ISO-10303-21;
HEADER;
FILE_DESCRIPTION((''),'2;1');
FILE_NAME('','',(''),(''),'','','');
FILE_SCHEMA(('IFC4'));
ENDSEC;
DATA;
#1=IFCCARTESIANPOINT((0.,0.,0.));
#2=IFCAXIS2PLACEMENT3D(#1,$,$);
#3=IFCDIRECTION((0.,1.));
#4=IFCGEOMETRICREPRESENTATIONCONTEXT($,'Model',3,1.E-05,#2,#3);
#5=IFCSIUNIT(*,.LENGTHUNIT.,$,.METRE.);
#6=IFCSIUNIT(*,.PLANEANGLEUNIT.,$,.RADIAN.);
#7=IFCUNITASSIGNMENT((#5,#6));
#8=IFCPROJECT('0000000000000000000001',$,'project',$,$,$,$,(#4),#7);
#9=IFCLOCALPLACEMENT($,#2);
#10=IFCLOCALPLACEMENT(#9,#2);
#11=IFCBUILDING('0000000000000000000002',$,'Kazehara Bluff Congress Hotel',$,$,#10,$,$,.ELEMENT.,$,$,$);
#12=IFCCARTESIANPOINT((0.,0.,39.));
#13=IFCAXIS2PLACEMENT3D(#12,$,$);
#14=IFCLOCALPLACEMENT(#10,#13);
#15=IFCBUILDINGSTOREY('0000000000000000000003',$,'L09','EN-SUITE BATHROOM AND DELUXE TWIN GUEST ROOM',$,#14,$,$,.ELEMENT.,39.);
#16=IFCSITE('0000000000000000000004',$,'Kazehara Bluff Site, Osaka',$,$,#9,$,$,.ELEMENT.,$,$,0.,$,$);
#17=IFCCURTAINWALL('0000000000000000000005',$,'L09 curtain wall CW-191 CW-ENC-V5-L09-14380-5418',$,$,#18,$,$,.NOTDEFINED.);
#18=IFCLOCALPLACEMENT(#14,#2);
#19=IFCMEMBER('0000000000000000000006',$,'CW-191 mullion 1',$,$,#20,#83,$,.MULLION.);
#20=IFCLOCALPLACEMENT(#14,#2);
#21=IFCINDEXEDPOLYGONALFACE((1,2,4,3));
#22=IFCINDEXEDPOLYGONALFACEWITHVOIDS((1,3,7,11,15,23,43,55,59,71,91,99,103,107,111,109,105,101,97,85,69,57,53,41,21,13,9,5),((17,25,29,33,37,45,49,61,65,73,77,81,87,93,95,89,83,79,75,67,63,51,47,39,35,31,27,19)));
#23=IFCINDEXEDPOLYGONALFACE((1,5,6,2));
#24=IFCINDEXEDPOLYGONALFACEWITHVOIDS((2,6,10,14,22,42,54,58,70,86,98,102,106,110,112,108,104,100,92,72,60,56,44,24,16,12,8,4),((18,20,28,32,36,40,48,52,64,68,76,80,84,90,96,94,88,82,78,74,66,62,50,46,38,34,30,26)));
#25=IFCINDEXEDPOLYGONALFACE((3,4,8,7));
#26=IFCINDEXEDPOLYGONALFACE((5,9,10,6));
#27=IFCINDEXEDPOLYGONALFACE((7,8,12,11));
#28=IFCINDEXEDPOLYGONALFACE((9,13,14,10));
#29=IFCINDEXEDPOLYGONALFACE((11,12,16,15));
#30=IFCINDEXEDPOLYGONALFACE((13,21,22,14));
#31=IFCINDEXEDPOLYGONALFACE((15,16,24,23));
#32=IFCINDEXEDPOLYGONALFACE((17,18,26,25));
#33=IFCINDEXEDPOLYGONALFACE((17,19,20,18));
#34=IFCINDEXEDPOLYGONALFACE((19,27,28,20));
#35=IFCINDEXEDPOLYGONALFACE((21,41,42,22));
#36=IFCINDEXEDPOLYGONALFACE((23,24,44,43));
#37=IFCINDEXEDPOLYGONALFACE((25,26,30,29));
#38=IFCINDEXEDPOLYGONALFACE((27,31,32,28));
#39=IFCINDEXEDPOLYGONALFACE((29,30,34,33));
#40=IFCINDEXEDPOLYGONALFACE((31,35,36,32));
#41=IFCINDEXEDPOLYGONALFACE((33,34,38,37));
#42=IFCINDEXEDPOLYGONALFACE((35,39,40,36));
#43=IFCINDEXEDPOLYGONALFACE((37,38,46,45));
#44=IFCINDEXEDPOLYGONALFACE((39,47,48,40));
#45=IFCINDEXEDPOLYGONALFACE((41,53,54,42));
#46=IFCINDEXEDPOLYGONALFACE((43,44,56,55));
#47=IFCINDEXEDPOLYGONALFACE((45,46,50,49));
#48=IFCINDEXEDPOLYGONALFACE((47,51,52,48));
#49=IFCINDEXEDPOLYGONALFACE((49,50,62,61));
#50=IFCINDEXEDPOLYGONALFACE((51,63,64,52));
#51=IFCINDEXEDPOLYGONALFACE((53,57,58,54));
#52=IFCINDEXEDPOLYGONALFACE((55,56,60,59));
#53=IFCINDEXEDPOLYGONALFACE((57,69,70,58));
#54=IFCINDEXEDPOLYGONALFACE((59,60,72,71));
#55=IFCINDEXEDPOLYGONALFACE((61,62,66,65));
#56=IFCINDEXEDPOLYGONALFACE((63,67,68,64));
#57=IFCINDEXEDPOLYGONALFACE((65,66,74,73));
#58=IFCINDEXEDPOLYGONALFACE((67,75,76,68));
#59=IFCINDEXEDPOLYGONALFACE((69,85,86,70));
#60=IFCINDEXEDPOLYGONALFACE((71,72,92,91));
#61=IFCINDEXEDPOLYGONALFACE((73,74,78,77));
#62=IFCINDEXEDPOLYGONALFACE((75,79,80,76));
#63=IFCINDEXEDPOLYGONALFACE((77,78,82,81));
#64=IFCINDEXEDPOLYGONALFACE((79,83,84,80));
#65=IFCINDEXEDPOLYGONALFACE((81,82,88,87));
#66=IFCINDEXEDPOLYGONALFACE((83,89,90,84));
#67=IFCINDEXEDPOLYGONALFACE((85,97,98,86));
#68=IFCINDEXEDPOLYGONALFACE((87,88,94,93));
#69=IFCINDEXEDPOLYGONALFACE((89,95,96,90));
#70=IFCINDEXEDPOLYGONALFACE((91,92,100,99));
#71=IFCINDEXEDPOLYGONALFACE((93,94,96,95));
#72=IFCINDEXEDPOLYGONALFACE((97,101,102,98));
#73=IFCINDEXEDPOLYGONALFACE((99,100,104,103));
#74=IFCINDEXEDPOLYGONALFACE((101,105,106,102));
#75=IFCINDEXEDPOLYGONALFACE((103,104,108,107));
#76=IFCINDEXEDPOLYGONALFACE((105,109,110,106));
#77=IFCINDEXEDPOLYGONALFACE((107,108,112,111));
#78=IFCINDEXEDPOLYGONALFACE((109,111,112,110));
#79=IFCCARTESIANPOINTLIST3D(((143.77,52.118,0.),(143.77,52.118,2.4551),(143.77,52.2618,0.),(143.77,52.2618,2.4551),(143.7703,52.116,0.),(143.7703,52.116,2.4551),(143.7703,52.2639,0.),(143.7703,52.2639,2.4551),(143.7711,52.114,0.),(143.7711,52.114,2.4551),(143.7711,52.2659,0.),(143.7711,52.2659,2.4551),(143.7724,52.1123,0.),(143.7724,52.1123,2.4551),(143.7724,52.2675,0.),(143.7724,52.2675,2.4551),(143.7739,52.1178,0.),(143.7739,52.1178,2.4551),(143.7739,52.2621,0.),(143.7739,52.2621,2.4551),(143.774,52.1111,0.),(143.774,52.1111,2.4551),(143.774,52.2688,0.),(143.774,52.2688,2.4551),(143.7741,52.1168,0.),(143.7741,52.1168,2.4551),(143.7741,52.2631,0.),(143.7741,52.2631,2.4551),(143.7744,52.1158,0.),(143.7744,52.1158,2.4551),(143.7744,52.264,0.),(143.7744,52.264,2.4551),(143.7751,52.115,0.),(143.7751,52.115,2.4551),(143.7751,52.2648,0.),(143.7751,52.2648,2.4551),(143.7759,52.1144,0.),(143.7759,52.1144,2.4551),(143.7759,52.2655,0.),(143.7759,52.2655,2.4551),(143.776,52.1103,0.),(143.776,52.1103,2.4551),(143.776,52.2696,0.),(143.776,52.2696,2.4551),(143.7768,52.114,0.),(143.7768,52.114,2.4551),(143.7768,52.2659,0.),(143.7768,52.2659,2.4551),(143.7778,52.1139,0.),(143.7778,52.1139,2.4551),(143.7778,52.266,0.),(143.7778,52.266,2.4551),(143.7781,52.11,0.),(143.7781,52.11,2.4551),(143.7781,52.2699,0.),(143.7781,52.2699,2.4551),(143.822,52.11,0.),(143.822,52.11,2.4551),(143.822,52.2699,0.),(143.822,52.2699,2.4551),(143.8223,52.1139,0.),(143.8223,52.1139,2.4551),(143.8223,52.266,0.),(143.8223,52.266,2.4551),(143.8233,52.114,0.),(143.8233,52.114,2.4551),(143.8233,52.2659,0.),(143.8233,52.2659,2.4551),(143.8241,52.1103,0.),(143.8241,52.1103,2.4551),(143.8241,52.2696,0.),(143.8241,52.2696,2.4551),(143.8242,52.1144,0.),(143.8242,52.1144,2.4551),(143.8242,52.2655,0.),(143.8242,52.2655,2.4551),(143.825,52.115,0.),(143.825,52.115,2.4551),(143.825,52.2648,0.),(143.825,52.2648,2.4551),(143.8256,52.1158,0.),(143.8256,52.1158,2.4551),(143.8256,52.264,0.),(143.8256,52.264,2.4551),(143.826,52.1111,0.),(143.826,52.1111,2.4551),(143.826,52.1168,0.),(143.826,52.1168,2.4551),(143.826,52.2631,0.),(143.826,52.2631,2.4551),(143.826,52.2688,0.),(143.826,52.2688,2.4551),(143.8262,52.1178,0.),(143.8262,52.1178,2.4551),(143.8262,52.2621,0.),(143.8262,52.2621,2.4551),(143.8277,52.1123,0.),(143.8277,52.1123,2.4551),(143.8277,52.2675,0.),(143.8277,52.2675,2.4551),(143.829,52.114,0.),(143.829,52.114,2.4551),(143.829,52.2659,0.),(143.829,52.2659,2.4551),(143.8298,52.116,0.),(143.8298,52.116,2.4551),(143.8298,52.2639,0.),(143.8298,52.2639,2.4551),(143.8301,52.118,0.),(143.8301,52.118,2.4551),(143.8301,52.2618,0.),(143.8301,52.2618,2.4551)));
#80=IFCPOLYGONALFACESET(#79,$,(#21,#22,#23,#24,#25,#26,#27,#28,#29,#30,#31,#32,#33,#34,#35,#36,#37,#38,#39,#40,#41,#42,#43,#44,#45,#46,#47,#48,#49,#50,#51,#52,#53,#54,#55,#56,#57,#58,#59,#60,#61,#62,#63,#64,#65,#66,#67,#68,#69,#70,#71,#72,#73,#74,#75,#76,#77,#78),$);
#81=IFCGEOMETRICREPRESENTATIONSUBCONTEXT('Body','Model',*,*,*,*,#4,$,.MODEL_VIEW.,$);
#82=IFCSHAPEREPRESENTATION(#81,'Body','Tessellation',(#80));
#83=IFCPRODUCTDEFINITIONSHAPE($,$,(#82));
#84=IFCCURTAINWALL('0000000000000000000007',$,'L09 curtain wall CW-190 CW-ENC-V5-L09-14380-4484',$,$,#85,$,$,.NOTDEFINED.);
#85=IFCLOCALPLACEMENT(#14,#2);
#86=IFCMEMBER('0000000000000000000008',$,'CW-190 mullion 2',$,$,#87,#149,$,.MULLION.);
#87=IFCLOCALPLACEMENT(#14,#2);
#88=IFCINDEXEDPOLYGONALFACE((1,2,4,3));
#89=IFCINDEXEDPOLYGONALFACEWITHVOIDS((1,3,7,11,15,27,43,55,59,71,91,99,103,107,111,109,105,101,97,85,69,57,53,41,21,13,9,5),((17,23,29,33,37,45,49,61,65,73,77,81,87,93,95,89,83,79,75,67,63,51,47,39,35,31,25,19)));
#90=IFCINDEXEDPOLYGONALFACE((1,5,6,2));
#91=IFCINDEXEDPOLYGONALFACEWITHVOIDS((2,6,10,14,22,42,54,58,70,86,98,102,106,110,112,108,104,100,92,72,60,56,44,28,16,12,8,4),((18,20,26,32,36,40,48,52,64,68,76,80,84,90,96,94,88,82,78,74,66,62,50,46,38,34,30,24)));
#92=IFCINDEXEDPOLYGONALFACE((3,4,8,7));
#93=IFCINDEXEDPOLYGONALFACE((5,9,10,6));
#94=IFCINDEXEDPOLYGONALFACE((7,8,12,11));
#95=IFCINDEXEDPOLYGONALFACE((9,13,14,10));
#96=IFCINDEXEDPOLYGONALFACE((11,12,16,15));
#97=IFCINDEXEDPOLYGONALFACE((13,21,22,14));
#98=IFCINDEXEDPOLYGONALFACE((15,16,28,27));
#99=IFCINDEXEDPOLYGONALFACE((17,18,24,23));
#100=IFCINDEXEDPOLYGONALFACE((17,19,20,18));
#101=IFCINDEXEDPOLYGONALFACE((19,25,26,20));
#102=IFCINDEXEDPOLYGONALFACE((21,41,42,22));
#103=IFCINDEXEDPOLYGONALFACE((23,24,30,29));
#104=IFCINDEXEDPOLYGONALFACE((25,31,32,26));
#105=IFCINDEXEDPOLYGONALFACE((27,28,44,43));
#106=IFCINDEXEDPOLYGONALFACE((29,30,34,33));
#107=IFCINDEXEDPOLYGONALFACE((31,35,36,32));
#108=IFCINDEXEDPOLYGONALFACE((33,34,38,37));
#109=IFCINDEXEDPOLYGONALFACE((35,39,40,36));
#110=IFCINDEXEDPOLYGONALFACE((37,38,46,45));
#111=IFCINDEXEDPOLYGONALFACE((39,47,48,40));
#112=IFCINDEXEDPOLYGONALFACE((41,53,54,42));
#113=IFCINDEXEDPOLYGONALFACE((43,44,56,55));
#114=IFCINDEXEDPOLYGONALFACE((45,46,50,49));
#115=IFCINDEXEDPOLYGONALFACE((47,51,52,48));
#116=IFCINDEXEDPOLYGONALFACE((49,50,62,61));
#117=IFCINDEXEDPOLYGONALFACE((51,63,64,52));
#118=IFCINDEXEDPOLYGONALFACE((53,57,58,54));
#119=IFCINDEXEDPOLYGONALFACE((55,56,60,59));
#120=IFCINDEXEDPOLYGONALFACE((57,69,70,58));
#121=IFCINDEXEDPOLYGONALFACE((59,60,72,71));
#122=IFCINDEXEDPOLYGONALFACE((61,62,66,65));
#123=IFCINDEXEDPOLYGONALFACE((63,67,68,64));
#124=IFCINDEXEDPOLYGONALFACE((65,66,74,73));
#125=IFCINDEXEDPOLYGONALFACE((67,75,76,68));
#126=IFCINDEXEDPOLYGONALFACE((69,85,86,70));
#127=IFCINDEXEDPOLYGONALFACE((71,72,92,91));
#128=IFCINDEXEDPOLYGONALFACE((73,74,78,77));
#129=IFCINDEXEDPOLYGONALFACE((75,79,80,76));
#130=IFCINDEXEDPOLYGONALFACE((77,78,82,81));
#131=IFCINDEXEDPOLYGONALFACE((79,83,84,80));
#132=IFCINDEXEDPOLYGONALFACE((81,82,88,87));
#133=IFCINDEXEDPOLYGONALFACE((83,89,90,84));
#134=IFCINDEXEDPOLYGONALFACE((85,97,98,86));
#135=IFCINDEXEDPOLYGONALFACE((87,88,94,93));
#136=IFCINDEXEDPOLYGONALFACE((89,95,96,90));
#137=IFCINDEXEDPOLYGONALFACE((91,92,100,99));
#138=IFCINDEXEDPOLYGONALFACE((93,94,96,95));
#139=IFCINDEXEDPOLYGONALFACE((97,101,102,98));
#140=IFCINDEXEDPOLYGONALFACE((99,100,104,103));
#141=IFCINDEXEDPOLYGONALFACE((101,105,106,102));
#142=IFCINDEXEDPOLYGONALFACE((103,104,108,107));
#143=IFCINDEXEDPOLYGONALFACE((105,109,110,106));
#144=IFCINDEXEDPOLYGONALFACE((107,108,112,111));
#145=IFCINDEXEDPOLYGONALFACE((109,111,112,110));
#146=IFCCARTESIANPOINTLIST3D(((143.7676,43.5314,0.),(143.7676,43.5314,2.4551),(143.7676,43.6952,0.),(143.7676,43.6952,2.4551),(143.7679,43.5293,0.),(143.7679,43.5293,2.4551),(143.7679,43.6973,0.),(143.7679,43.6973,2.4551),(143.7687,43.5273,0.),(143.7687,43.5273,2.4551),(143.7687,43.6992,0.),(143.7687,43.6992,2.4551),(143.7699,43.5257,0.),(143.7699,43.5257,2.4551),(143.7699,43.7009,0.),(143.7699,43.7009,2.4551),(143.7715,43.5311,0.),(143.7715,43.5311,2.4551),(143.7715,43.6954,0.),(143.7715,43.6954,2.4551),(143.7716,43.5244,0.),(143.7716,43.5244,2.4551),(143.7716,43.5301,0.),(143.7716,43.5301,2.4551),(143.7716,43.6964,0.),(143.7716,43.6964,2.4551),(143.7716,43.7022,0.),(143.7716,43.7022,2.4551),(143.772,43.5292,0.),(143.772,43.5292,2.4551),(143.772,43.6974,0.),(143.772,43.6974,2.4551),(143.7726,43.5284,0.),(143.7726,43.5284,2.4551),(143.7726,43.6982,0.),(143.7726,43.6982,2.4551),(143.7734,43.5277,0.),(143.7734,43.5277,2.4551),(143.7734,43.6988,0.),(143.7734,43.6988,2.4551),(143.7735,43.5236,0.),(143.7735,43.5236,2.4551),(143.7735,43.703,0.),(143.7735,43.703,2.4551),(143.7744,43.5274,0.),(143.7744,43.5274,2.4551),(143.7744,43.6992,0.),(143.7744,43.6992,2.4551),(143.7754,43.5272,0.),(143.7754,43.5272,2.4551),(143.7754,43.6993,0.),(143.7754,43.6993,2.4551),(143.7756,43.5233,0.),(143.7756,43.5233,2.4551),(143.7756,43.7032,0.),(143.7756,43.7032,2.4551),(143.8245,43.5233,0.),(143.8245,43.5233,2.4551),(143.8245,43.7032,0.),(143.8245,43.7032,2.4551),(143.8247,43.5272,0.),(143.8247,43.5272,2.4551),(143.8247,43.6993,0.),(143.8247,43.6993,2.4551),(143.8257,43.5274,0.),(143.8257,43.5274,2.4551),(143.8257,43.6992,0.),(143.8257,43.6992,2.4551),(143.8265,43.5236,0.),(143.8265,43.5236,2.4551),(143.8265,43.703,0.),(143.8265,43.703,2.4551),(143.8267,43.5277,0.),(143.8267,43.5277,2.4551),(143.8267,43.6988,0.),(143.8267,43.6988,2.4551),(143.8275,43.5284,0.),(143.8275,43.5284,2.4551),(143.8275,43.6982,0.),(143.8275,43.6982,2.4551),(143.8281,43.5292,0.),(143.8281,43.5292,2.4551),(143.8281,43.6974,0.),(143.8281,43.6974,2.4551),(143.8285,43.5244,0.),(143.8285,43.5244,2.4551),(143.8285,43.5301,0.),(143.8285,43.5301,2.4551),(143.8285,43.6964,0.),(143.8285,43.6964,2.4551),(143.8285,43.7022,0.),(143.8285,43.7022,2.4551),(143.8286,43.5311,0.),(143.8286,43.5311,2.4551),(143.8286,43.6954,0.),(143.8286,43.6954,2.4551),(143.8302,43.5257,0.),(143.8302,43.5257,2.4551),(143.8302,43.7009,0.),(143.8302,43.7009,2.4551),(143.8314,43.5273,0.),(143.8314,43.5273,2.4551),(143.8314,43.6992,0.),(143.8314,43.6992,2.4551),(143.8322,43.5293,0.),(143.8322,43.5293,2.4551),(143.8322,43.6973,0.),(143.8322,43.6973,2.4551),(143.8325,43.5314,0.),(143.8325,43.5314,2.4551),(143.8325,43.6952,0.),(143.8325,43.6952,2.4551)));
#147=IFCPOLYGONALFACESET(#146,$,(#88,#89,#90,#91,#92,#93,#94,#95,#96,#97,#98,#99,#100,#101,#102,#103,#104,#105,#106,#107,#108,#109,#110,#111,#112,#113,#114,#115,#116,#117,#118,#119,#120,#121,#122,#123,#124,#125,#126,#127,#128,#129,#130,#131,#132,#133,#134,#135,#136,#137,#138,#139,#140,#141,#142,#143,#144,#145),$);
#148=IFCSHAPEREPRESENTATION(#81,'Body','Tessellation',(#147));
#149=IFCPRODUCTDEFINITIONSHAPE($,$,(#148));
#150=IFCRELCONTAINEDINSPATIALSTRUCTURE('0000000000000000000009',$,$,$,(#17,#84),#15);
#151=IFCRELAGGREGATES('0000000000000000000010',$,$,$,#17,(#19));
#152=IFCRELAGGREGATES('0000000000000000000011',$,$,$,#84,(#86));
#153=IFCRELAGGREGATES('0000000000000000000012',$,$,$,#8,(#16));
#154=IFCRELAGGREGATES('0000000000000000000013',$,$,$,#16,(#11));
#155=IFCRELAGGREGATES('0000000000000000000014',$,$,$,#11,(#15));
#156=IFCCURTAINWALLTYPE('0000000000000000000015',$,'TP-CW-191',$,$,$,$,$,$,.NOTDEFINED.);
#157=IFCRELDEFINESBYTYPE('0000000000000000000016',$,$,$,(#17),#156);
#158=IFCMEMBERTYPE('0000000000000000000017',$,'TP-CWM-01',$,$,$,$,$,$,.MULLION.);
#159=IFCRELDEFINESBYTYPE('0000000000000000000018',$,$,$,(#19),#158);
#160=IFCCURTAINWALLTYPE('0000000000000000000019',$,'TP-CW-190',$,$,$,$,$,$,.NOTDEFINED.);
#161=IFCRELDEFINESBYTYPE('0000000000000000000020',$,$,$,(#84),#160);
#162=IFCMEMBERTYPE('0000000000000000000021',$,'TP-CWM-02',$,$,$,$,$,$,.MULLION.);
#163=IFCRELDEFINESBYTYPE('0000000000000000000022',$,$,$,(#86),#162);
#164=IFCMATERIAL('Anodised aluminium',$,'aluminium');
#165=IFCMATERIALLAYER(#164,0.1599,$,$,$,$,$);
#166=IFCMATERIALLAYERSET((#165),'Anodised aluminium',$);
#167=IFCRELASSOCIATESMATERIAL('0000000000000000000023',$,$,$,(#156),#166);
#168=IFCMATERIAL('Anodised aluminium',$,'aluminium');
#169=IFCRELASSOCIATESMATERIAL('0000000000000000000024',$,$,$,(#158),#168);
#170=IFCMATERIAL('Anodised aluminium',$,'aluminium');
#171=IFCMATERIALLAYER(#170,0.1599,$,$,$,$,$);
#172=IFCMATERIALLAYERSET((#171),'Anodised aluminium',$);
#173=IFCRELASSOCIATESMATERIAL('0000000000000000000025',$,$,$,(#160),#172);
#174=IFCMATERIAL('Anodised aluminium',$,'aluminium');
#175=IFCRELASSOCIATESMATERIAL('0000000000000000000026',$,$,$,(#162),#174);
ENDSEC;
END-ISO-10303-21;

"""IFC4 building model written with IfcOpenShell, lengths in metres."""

from ifc_helpers import new_model, si_unit, direction, frame, origin, origin_2d, place, context, subcontext, project, spatial, hollow_rectangle, extrude, material, layer, layer_set, material_profile, profile_set, type_object, element, aggregate, save


model = new_model("IFC4")

# Units and contexts
model_context = context("Model", 3, precision=1e-05, world=origin(), true_north=direction((0.0, 1.0)))
body_context = subcontext(model_context, "Body", "Model", "MODEL_VIEW")
ifc_project = project(units=[si_unit("LENGTHUNIT", "METRE"), si_unit("PLANEANGLEUNIT", "RADIAN")], contexts=[model_context])

# Site, building, storey
site_placement = place(None, origin())
site = spatial("IfcSite", under=ifc_project, at=site_placement, Name="Kazehara Bluff Site, Osaka", CompositionType="ELEMENT", RefElevation=0.0)
building_placement = place(site_placement, origin())
building = spatial("IfcBuilding", under=site, at=building_placement, Name="Kazehara Bluff Congress Hotel", CompositionType="ELEMENT")
storey_placement = place(building_placement, frame((0.0, 0.0, 39.0)))
storey = spatial("IfcBuildingStorey", under=building, at=storey_placement, Name="L09", Description="EN-SUITE BATHROOM AND DELUXE TWIN GUEST ROOM", CompositionType="ELEMENT", Elevation=39.0)

# Curtain wall, member
ifc_material_1 = material(Name="Anodised aluminium", Category="aluminium")
ifc_layer_1 = layer(ifc_material_1, 0.1599)
ifc_layer_set_1 = layer_set([ifc_layer_1], Name="Anodised aluminium")
curtain_wall_type_1 = type_object("IfcCurtainWallType", Name="TP-CW-191", PredefinedType="NOTDEFINED", material=ifc_layer_set_1)
curtain_wall_1_placement = place(storey_placement, origin())
curtain_wall_1 = element("IfcCurtainWall", 1, at=curtain_wall_1_placement, inside=storey, type_object=curtain_wall_type_1, Name="L09 curtain wall CW-191 CW-ENC-V5-L09-14380-5418", PredefinedType="NOTDEFINED")
ifc_material_2 = material(Name="Anodised aluminium", Category="aluminium")
ifc_material_profile_1 = material_profile(ifc_material_2, hollow_rectangle(XDim=0.0601, YDim=0.1599, WallThickness=0.0039, InnerFilletRadius=0.0039, OuterFilletRadius=0.0081, at=origin_2d()))
ifc_profile_set_1 = profile_set([ifc_material_profile_1], Name="Anodised aluminium")
member_type_1 = type_object("IfcMemberType", Name="TP-CWM-01", PredefinedType="MULLION", material=ifc_profile_set_1)
member_1_placement = place(storey_placement, frame((143.8, 52.1899, 0.0), z_axis=(0.0, 0.0, 1.0), x_axis=(-1.0, 0.0, 0.0)))
member_1 = element("IfcMember", 2, at=member_1_placement, type_object=member_type_1, Name="CW-191 mullion 1", PredefinedType="MULLION", context=body_context, shape_type="SweptSolid", body=[
    extrude(hollow_rectangle(XDim=0.0601, YDim=0.1599, WallThickness=0.0039, InnerFilletRadius=0.0039, OuterFilletRadius=0.0081, at=origin_2d()), origin(), (0.0, 0.0, 1.0), 2.4551),
])
aggregate(curtain_wall_1, [member_1])

# Curtain wall, member
ifc_material_3 = material(Name="Anodised aluminium", Category="aluminium")
ifc_layer_2 = layer(ifc_material_3, 0.1599)
ifc_layer_set_2 = layer_set([ifc_layer_2], Name="Anodised aluminium")
curtain_wall_type_2 = type_object("IfcCurtainWallType", Name="TP-CW-190", PredefinedType="NOTDEFINED", material=ifc_layer_set_2)
curtain_wall_2_placement = place(storey_placement, origin())
curtain_wall_2 = element("IfcCurtainWall", 3, at=curtain_wall_2_placement, inside=storey, type_object=curtain_wall_type_2, Name="L09 curtain wall CW-190 CW-ENC-V5-L09-14380-4484", PredefinedType="NOTDEFINED")
ifc_material_4 = material(Name="Anodised aluminium", Category="aluminium")
ifc_material_profile_2 = material_profile(ifc_material_4, hollow_rectangle(XDim=0.0649, YDim=0.1799, WallThickness=0.0039, InnerFilletRadius=0.0039, OuterFilletRadius=0.0081, at=origin_2d()))
ifc_profile_set_2 = profile_set([ifc_material_profile_2], Name="Anodised aluminium")
member_type_2 = type_object("IfcMemberType", Name="TP-CWM-02", PredefinedType="MULLION", material=ifc_profile_set_2)
member_2_placement = place(storey_placement, frame((143.8, 43.6133, 0.0), z_axis=(0.0, 0.0, 1.0), x_axis=(-1.0, 0.0, 0.0)))
member_2 = element("IfcMember", 4, at=member_2_placement, type_object=member_type_2, Name="CW-190 mullion 2", PredefinedType="MULLION", context=body_context, shape_type="SweptSolid", body=[
    extrude(hollow_rectangle(XDim=0.0649, YDim=0.1799, WallThickness=0.0039, InnerFilletRadius=0.0039, OuterFilletRadius=0.0081, at=origin_2d()), origin(), (0.0, 0.0, 1.0), 2.4551),
])
aggregate(curtain_wall_2, [member_2])

save(model, "model.ifc")
